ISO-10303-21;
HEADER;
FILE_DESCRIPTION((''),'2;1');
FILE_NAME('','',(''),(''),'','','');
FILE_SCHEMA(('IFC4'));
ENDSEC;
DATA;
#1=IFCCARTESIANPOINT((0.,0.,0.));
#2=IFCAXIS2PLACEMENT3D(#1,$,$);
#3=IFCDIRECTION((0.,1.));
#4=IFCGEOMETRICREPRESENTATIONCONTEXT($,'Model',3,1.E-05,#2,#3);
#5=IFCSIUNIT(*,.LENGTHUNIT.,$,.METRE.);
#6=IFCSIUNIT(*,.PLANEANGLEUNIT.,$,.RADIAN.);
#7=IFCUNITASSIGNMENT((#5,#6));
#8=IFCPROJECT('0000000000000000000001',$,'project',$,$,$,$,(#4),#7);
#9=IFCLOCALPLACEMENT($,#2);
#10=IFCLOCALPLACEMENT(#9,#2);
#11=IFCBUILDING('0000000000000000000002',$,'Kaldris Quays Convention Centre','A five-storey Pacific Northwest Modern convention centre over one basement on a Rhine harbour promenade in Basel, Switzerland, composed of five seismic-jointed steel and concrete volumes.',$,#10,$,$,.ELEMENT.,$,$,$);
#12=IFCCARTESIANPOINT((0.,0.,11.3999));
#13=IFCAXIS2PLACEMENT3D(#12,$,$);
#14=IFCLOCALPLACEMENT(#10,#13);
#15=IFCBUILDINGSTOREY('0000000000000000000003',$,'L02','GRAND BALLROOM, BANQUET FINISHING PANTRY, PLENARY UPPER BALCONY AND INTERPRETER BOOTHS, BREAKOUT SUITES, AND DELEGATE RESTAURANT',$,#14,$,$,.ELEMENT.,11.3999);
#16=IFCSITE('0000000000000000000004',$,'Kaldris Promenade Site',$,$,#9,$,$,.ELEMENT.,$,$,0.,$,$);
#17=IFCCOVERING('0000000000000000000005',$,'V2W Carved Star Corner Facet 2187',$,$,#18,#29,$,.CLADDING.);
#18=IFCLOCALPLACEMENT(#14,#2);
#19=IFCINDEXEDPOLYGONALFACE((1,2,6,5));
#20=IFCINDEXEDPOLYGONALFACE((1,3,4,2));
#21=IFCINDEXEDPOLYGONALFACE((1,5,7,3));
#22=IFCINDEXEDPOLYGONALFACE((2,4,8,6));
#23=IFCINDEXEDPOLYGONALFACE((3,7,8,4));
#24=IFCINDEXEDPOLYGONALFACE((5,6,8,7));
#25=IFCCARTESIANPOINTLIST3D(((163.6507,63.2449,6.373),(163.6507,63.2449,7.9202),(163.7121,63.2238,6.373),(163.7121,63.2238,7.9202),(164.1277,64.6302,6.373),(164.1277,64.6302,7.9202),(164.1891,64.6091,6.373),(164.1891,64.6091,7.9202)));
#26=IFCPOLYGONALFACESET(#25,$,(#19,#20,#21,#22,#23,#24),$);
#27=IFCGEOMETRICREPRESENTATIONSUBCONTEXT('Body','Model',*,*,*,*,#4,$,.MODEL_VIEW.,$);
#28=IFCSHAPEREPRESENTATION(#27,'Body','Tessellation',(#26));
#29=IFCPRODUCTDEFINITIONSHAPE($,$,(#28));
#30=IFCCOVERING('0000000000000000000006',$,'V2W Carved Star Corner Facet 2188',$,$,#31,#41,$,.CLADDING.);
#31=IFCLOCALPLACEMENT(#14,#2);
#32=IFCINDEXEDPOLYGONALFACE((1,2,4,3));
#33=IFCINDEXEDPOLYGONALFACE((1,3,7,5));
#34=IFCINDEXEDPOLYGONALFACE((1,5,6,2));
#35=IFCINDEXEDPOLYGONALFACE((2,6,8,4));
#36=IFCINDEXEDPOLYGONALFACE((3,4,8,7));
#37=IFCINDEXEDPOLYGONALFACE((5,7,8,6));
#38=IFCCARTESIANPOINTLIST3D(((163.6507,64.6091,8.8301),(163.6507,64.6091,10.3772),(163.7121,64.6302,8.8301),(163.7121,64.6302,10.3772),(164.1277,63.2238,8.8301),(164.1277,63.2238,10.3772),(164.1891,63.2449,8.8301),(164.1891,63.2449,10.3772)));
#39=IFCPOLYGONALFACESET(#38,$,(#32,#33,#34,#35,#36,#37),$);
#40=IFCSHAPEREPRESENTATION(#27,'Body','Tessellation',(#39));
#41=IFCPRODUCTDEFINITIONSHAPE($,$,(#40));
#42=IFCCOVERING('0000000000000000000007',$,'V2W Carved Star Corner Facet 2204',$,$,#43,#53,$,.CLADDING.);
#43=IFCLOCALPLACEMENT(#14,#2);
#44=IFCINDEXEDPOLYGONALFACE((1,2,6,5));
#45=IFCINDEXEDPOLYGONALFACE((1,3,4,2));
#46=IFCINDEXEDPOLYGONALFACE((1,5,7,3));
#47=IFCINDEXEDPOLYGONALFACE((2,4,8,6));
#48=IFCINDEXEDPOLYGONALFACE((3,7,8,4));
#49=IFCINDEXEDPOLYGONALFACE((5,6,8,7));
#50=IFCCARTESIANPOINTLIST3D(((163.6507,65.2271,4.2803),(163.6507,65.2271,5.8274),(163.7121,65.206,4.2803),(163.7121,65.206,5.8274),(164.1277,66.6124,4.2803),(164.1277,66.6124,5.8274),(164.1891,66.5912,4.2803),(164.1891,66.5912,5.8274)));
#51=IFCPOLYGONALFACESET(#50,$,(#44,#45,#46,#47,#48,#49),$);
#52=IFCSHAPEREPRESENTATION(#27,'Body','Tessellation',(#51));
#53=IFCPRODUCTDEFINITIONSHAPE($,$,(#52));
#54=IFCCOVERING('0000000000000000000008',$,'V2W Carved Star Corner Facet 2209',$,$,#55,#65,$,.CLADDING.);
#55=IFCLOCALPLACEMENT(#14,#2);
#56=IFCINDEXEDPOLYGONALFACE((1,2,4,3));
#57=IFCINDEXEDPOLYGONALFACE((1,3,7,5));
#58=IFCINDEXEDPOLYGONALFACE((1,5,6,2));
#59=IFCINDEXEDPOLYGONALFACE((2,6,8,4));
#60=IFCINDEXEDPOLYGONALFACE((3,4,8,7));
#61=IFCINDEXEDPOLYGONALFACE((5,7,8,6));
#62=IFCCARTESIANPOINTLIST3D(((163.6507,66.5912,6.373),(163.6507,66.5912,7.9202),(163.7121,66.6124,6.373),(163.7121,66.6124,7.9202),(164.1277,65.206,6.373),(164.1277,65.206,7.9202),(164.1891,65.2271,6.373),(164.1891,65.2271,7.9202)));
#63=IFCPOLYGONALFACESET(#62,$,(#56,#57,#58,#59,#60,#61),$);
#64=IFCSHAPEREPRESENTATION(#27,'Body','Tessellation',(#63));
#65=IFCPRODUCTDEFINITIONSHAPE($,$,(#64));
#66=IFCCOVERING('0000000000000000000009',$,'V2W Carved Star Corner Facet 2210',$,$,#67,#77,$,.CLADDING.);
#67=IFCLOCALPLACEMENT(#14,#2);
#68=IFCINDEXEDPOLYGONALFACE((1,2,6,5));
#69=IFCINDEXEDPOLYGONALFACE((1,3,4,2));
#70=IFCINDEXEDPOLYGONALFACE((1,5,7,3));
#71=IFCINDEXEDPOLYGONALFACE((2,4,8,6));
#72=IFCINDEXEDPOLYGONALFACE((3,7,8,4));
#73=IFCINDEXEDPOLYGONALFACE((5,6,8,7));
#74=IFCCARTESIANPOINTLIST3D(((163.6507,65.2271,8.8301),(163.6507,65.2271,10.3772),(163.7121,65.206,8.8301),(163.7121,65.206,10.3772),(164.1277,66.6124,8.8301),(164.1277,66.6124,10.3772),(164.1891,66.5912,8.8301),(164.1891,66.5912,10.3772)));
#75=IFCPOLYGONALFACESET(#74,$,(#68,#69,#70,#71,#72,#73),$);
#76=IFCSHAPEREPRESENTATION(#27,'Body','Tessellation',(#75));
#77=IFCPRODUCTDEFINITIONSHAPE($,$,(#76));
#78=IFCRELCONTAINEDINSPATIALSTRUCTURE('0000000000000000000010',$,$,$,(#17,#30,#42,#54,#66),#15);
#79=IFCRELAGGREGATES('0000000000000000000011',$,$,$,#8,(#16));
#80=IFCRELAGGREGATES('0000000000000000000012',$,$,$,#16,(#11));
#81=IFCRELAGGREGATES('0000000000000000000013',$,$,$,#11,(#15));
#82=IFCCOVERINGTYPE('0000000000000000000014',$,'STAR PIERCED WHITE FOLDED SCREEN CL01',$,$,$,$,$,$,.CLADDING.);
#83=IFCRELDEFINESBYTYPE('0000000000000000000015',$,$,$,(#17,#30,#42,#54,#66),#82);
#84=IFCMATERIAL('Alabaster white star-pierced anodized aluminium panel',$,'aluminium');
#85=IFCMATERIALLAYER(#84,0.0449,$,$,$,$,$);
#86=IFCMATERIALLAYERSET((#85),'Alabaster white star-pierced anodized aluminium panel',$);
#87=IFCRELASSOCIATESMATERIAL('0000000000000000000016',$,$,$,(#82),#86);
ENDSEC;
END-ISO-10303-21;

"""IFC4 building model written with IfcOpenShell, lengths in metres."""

from ifc_helpers import new_model, si_unit, direction, frame, origin, origin_2d, place, context, subcontext, project, spatial, rectangle, extrude, material, layer, layer_set, type_object, element, save


model = new_model("IFC4")

# Units and contexts
model_context = context("Model", 3, precision=1e-05, world=origin(), true_north=direction((0.0, 1.0)))
body_context = subcontext(model_context, "Body", "Model", "MODEL_VIEW")
ifc_project = project(units=[si_unit("LENGTHUNIT", "METRE"), si_unit("PLANEANGLEUNIT", "RADIAN")], contexts=[model_context])

# Site, building, storey
site_placement = place(None, origin())
site = spatial("IfcSite", under=ifc_project, at=site_placement, Name="Kaldris Promenade Site", CompositionType="ELEMENT", RefElevation=0.0)
building_placement = place(site_placement, origin())
building = spatial("IfcBuilding", under=site, at=building_placement, Name="Kaldris Quays Convention Centre", Description="A five-storey Pacific Northwest Modern convention centre over one basement on a Rhine harbour promenade in Basel, Switzerland, composed of five seismic-jointed steel and concrete volumes.", CompositionType="ELEMENT")
storey_placement = place(building_placement, frame((0.0, 0.0, 11.3999)))
storey = spatial("IfcBuildingStorey", under=building, at=storey_placement, Name="L02", Description="GRAND BALLROOM, BANQUET FINISHING PANTRY, PLENARY UPPER BALCONY AND INTERPRETER BOOTHS, BREAKOUT SUITES, AND DELEGATE RESTAURANT", CompositionType="ELEMENT", Elevation=11.3999)

# Coverings
ifc_material_1 = material(Name="Alabaster white star-pierced anodized aluminium panel", Category="aluminium")
ifc_layer = layer(ifc_material_1, 0.0449)
ifc_layer_set = layer_set([ifc_layer], Name="Alabaster white star-pierced anodized aluminium panel")
covering_type = type_object("IfcCoveringType", Name="STAR PIERCED WHITE FOLDED SCREEN CL01", PredefinedType="CLADDING", material=ifc_layer_set)
for number, where, z_axis, x_axis, name in (
    (1, (163.9199, 63.927, 6.373), (0.0, 0.0, 1.0), (0.325568, 0.945519, 0.0), "V2W Carved Star Corner Facet 2187"),
    (2, (163.9199, 63.927, 8.8301), (0.0, 0.0, 1.0), (-0.325568, 0.945519, 0.0), "V2W Carved Star Corner Facet 2188"),
    (3, (163.9199, 65.9092, 4.2803), (0.0, 0.0, 1.0), (0.325568, 0.945519, 0.0), "V2W Carved Star Corner Facet 2204"),
    (4, (163.9199, 65.9092, 6.373), (0.0, 0.0, 1.0), (-0.325568, 0.945519, 0.0), "V2W Carved Star Corner Facet 2209"),
    (5, (163.9199, 65.9092, 8.8301), (0.0, 0.0, 1.0), (0.325568, 0.945519, 0.0), "V2W Carved Star Corner Facet 2210"),
):
    element("IfcCovering", number, at=place(storey_placement, frame(where, z_axis=z_axis, x_axis=x_axis)), inside=storey, type_object=covering_type, Name=name, PredefinedType="CLADDING", context=body_context, shape_type="SweptSolid", body=[
        extrude(rectangle(XDim=1.4651, YDim=0.0649, at=origin_2d()), origin(), (0.0, 0.0, 1.0), 1.5471),
    ])

save(model, "model.ifc")
